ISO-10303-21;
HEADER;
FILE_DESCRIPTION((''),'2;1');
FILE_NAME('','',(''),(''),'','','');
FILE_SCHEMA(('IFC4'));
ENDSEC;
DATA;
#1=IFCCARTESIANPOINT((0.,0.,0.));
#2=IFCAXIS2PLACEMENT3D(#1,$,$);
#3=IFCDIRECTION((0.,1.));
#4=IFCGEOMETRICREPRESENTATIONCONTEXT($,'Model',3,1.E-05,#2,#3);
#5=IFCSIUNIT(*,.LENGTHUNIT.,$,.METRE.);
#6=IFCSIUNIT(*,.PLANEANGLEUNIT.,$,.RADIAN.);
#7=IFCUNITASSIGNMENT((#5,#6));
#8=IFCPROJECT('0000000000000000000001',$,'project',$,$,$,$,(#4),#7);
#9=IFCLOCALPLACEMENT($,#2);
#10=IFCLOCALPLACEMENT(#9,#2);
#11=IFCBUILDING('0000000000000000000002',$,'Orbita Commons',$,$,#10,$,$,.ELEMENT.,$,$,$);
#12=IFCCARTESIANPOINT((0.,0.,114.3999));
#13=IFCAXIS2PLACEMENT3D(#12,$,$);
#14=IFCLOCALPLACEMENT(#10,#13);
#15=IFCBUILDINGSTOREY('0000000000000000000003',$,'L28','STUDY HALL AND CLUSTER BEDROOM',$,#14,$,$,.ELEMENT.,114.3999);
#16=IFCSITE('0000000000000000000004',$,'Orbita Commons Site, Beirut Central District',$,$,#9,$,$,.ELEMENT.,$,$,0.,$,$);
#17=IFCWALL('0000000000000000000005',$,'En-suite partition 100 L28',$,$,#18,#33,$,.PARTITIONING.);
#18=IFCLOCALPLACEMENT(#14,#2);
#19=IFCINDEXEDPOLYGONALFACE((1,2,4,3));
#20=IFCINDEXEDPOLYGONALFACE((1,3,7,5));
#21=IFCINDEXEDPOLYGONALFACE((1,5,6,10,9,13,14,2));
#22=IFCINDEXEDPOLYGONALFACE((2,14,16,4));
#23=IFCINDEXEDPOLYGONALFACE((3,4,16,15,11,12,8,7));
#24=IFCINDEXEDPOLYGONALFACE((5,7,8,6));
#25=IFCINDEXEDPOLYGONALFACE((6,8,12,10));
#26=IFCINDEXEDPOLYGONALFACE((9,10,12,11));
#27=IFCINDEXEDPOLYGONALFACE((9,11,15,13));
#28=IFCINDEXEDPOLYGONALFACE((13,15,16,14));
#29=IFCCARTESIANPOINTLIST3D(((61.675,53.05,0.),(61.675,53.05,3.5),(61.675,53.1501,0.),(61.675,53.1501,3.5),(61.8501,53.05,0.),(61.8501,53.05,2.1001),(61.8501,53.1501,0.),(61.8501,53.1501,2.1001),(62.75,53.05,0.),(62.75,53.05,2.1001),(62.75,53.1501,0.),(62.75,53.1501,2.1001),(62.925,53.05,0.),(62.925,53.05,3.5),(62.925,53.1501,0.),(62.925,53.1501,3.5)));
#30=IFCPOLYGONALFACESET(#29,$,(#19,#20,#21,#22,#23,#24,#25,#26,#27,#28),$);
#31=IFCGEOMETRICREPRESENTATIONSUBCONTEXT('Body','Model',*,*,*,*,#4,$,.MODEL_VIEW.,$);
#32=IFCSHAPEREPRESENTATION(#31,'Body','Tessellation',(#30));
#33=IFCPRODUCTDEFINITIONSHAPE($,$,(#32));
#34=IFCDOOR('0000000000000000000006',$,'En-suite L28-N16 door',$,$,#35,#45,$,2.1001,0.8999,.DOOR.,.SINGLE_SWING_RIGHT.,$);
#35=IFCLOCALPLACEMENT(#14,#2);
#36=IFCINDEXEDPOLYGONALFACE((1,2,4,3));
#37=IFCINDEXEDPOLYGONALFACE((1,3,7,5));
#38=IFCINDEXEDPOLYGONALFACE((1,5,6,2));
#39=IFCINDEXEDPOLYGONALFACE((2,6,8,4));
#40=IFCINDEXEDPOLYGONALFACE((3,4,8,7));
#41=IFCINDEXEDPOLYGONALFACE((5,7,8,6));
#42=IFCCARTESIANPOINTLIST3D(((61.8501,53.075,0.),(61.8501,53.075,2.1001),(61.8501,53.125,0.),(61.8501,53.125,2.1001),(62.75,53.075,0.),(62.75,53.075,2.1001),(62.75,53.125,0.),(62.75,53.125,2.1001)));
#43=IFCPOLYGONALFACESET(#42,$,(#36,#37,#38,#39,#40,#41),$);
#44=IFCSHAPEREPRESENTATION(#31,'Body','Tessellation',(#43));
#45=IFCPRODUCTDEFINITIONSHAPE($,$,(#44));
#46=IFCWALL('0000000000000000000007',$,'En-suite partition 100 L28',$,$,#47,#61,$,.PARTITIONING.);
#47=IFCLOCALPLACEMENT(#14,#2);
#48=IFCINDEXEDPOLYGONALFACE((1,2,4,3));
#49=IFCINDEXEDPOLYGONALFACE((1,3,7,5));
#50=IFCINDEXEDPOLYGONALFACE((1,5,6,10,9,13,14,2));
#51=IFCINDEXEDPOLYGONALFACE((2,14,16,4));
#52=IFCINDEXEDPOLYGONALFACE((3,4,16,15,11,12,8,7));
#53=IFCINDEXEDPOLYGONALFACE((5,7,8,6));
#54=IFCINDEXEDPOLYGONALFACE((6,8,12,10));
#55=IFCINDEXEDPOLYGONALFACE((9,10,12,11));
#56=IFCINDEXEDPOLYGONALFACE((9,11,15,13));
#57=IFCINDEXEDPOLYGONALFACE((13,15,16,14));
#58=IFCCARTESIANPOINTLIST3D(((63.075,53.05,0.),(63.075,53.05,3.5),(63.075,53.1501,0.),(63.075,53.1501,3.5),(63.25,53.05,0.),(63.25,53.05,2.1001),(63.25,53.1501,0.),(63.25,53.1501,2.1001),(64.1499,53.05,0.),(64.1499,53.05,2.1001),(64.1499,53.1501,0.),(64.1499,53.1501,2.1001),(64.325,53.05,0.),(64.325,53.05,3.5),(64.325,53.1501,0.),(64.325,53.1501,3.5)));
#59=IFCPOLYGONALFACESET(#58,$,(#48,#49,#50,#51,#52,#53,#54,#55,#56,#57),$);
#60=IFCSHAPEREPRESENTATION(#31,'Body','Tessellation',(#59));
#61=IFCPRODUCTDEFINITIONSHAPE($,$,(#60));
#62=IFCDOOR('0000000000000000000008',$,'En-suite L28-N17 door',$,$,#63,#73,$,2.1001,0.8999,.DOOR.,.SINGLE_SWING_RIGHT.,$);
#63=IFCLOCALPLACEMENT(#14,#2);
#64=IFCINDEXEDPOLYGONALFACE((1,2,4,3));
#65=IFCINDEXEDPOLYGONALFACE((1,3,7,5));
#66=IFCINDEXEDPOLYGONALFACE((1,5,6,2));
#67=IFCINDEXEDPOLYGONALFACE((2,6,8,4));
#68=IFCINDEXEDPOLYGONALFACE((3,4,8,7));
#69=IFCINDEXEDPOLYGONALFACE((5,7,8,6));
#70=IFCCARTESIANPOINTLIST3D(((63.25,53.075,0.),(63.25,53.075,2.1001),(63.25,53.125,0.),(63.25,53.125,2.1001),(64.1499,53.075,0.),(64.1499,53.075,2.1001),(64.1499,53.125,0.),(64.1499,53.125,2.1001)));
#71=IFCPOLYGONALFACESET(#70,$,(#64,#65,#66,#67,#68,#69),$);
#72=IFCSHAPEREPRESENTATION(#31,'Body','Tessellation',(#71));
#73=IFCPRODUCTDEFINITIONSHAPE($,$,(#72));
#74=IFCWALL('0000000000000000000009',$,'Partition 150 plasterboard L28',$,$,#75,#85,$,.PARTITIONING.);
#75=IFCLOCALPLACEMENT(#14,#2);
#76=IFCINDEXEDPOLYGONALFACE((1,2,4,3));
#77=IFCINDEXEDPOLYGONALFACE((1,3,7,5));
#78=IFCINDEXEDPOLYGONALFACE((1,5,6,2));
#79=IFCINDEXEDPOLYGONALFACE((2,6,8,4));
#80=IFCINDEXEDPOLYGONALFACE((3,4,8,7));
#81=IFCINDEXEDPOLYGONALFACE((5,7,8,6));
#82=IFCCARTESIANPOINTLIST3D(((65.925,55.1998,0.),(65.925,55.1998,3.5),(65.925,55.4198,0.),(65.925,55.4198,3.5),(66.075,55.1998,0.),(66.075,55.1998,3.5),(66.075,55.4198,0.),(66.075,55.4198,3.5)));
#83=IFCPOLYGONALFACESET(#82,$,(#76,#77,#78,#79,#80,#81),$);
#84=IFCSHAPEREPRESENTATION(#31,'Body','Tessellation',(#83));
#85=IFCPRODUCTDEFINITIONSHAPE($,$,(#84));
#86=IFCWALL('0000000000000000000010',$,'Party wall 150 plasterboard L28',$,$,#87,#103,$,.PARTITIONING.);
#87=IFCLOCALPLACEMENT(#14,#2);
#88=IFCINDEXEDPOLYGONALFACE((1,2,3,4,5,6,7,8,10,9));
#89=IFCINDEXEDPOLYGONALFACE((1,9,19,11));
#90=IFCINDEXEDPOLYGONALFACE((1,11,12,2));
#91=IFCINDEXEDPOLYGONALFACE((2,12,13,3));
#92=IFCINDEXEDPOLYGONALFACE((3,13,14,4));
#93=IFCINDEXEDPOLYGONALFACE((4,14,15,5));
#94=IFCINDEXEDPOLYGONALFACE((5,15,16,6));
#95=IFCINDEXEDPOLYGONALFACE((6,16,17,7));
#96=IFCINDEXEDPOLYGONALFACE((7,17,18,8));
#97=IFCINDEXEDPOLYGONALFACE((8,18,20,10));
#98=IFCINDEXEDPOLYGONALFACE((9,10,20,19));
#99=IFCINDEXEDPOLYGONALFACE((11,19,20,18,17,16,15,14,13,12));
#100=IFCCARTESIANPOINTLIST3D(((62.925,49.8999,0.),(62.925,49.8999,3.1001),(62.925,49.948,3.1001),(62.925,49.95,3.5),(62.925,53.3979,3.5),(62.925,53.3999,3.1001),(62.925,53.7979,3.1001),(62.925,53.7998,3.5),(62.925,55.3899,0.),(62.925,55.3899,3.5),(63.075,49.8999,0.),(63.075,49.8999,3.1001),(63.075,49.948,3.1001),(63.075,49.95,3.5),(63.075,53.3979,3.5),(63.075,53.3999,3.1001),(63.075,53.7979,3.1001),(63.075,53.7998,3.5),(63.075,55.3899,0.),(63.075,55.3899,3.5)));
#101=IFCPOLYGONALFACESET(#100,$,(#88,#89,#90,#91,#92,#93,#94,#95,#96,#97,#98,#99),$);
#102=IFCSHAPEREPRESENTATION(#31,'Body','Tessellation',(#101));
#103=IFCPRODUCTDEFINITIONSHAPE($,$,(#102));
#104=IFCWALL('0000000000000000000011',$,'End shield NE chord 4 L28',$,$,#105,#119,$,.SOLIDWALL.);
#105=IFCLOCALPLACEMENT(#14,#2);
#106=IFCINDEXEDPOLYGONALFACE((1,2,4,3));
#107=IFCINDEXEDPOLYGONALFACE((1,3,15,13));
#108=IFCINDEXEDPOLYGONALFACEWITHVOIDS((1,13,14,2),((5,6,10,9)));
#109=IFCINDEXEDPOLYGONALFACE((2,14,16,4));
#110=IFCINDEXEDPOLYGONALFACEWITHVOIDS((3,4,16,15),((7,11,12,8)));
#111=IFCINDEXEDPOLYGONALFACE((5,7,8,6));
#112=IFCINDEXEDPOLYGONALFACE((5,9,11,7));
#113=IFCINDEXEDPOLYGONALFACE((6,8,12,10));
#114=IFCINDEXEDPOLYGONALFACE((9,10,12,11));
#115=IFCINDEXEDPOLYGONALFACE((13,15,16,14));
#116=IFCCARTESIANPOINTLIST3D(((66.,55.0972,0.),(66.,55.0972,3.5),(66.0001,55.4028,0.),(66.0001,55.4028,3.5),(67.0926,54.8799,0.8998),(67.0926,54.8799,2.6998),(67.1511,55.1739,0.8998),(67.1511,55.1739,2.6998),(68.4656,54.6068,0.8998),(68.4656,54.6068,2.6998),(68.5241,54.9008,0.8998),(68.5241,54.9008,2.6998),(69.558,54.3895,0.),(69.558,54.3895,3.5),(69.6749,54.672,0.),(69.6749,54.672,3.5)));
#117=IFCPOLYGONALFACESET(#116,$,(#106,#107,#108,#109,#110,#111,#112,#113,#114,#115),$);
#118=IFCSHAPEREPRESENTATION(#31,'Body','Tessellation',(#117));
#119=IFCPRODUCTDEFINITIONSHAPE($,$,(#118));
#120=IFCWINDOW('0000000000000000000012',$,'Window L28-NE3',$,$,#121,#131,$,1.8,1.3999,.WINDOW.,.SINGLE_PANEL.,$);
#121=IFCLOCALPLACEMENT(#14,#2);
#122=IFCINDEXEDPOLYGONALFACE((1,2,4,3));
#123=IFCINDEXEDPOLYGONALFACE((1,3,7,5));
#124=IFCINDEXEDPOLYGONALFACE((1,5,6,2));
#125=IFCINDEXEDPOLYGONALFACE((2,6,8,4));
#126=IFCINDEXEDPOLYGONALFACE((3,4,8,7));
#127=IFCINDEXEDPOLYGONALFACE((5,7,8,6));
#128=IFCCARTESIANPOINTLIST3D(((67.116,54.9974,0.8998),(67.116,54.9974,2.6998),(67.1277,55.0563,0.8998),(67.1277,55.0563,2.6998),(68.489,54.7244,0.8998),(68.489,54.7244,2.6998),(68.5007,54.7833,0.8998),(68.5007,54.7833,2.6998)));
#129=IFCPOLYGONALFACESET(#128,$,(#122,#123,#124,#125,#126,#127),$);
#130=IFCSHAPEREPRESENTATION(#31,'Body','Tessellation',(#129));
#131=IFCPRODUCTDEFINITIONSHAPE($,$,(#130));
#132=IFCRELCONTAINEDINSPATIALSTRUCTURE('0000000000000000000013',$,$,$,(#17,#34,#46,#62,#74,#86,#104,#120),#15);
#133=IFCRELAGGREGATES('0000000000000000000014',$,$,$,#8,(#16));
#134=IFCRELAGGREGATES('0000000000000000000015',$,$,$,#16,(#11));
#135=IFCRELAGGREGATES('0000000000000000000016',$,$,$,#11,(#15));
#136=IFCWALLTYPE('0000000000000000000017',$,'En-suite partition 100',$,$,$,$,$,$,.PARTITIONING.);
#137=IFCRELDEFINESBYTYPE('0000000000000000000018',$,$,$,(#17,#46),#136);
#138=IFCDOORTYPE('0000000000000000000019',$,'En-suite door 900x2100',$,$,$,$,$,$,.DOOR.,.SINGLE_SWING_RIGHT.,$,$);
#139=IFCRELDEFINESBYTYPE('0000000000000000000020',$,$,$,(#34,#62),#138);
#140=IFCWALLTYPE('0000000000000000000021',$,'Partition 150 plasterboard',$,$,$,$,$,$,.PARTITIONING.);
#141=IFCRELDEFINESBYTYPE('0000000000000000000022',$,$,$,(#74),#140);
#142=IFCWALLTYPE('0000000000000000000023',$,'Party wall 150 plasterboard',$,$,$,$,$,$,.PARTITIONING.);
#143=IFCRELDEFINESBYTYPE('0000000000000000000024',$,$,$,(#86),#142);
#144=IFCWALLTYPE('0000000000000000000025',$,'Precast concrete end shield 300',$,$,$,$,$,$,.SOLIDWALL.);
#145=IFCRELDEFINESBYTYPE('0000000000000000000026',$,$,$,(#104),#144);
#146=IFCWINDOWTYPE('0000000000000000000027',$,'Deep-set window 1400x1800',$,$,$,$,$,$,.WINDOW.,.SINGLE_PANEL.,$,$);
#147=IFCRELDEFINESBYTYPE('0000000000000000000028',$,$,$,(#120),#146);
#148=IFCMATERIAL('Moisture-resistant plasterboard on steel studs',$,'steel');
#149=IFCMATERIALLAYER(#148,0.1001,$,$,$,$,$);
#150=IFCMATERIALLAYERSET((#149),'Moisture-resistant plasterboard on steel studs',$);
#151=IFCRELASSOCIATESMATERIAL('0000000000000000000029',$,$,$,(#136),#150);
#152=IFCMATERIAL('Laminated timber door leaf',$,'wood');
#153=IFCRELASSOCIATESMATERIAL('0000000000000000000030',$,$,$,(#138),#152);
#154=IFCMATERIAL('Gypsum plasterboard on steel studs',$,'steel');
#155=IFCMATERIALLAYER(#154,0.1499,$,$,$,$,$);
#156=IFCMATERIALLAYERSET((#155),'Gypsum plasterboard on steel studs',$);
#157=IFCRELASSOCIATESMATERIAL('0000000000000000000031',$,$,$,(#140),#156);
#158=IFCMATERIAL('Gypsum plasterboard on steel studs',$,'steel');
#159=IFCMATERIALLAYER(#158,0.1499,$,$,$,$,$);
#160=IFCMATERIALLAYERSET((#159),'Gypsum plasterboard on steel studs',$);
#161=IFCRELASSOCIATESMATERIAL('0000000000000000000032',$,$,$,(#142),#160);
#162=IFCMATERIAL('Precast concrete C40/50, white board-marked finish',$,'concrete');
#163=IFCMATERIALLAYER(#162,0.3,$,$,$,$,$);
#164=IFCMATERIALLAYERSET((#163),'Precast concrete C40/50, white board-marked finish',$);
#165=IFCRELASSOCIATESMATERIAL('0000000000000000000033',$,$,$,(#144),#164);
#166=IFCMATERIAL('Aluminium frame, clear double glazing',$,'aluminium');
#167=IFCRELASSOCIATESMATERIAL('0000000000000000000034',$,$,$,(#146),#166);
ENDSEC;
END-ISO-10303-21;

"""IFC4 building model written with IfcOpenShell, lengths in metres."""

from ifc_helpers import new_model, si_unit, direction, frame, frame_2d, origin, place, context, subcontext, project, spatial, polyline, rectangle, outline, extrude, material, layer, layer_set, type_object, element, fill, save


model = new_model("IFC4")

# Units and contexts
model_context = context("Model", 3, precision=1e-05, world=origin(), true_north=direction((0.0, 1.0)))
body_context = subcontext(model_context, "Body", "Model", "MODEL_VIEW")
ifc_project = project(units=[si_unit("LENGTHUNIT", "METRE"), si_unit("PLANEANGLEUNIT", "RADIAN")], contexts=[model_context])

# Site, building, storey
site_placement = place(None, origin())
site = spatial("IfcSite", under=ifc_project, at=site_placement, Name="Orbita Commons Site, Beirut Central District", CompositionType="ELEMENT", RefElevation=0.0)
building_placement = place(site_placement, origin())
building = spatial("IfcBuilding", under=site, at=building_placement, Name="Orbita Commons", CompositionType="ELEMENT")
storey_placement = place(building_placement, frame((0.0, 0.0, 114.3999)))
storey = spatial("IfcBuildingStorey", under=building, at=storey_placement, Name="L28", Description="STUDY HALL AND CLUSTER BEDROOM", CompositionType="ELEMENT", Elevation=114.3999)

# Walls, openings, doors
ifc_material_1 = material(Name="Moisture-resistant plasterboard on steel studs", Category="steel")
ifc_layer_1 = layer(ifc_material_1, 0.1001)
ifc_layer_set_1 = layer_set([ifc_layer_1], Name="Moisture-resistant plasterboard on steel studs")
wall_type_1 = type_object("IfcWallType", Name="En-suite partition 100", PredefinedType="PARTITIONING", material=ifc_layer_set_1)
wall_1_placement = place(storey_placement, frame((61.675, 53.1001, 0.0), z_axis=(0.0, 0.0, 1.0), x_axis=(1.0, 0.0, 0.0)))
wall_1 = element("IfcWall", 1, at=wall_1_placement, inside=storey, type_object=wall_type_1, Name="En-suite partition 100 L28", PredefinedType="PARTITIONING", context=body_context, shape_type="SweptSolid", body=[
    extrude(rectangle(XDim=1.25, YDim=0.1001, at=frame_2d((0.625, 0.0))), origin(), (0.0, 0.0, 1.0), 3.5),
])
opening_1_placement = place(wall_1_placement, frame((0.175, 0.0, 0.0)))
opening_1 = element("IfcOpeningElement", 2, at=opening_1_placement, cuts=wall_1, PredefinedType="OPENING", context=body_context, shape_type="SweptSolid", body=[
    extrude(rectangle(XDim=0.8999, YDim=2.1001, at=frame_2d((0.45, 1.05))), frame((0.0, 0.0601, 0.0), z_axis=(0.0, -1.0, 0.0), x_axis=(1.0, 0.0, 0.0)), (0.0, 0.0, 1.0), 0.1201),
])
ifc_material_2 = material(Name="Laminated timber door leaf", Category="wood")
door_type = type_object("IfcDoorType", Name="En-suite door 900x2100", OperationType="SINGLE_SWING_RIGHT", PredefinedType="DOOR", material=ifc_material_2)
door_1_placement = place(opening_1_placement, origin())
door_1 = element("IfcDoor", 3, at=door_1_placement, inside=storey, type_object=door_type, Name="En-suite L28-N16 door", OperationType="SINGLE_SWING_RIGHT", OverallHeight=2.1001, OverallWidth=0.8999, PredefinedType="DOOR", context=body_context, shape_type="SweptSolid", body=[
    extrude(rectangle(XDim=0.8999, YDim=2.1001, at=frame_2d((0.45, 1.05))), frame((0.0, 0.0249, 0.0), z_axis=(0.0, -1.0, 0.0), x_axis=(1.0, 0.0, 0.0)), (0.0, 0.0, 1.0), 0.05),
])
fill(opening_1, door_1)
wall_2_placement = place(storey_placement, frame((63.075, 53.1001, 0.0), z_axis=(0.0, 0.0, 1.0), x_axis=(1.0, 0.0, 0.0)))
wall_2 = element("IfcWall", 4, at=wall_2_placement, inside=storey, type_object=wall_type_1, Name="En-suite partition 100 L28", PredefinedType="PARTITIONING", context=body_context, shape_type="SweptSolid", body=[
    extrude(rectangle(XDim=1.25, YDim=0.1001, at=frame_2d((0.625, 0.0))), origin(), (0.0, 0.0, 1.0), 3.5),
])
opening_2_placement = place(wall_2_placement, frame((0.175, 0.0, 0.0)))
opening_2 = element("IfcOpeningElement", 5, at=opening_2_placement, cuts=wall_2, PredefinedType="OPENING", context=body_context, shape_type="SweptSolid", body=[
    extrude(rectangle(XDim=0.8999, YDim=2.1001, at=frame_2d((0.45, 1.05))), frame((0.0, 0.0601, 0.0), z_axis=(0.0, -1.0, 0.0), x_axis=(1.0, 0.0, 0.0)), (0.0, 0.0, 1.0), 0.1201),
])
door_2_placement = place(opening_2_placement, origin())
door_2 = element("IfcDoor", 6, at=door_2_placement, inside=storey, type_object=door_type, Name="En-suite L28-N17 door", OperationType="SINGLE_SWING_RIGHT", OverallHeight=2.1001, OverallWidth=0.8999, PredefinedType="DOOR", context=body_context, shape_type="SweptSolid", body=[
    extrude(rectangle(XDim=0.8999, YDim=2.1001, at=frame_2d((0.45, 1.05))), frame((0.0, 0.0249, 0.0), z_axis=(0.0, -1.0, 0.0), x_axis=(1.0, 0.0, 0.0)), (0.0, 0.0, 1.0), 0.05),
])
fill(opening_2, door_2)

# Walls
ifc_material_3 = material(Name="Gypsum plasterboard on steel studs", Category="steel")
ifc_layer_2 = layer(ifc_material_3, 0.1499)
ifc_layer_set_2 = layer_set([ifc_layer_2], Name="Gypsum plasterboard on steel studs")
wall_type_2 = type_object("IfcWallType", Name="Partition 150 plasterboard", PredefinedType="PARTITIONING", material=ifc_layer_set_2)
wall_3_placement = place(storey_placement, frame((66.0, 55.2, 0.0), z_axis=(0.0, 0.0, 1.0), x_axis=(0.0, 1.0, 0.0)))
element("IfcWall", 7, at=wall_3_placement, inside=storey, type_object=wall_type_2, Name="Partition 150 plasterboard L28", PredefinedType="PARTITIONING", context=body_context, shape_type="SweptSolid", body=[
    extrude(rectangle(XDim=0.22, YDim=0.1499, at=frame_2d((0.1099, 0.0))), origin(), (0.0, 0.0, 1.0), 3.5),
])
ifc_material_4 = material(Name="Gypsum plasterboard on steel studs", Category="steel")
ifc_layer_3 = layer(ifc_material_4, 0.1499)
ifc_layer_set_3 = layer_set([ifc_layer_3], Name="Gypsum plasterboard on steel studs")
wall_type_3 = type_object("IfcWallType", Name="Party wall 150 plasterboard", PredefinedType="PARTITIONING", material=ifc_layer_set_3)
wall_4_placement = place(storey_placement, frame((63.0, 55.3899, 0.0), z_axis=(0.0, 0.0, 1.0), x_axis=(0.0, -1.0, 0.0)))
element("IfcWall", 8, at=wall_4_placement, inside=storey, type_object=wall_type_3, Name="Party wall 150 plasterboard L28", PredefinedType="PARTITIONING", context=body_context, shape_type="SweptSolid", body=[
    extrude(outline(polyline([(0.0, 0.0), (5.49, 0.0), (5.49, 3.1001), (5.4419, 3.1001), (5.4399, 3.5), (1.9919, 3.5), (1.99, 3.1001), (1.592, 3.1001), (1.5901, 3.5), (0.0, 3.5), (0.0, 0.0)])), frame((0.0, 0.075, 0.0), z_axis=(0.0, -1.0, 0.0), x_axis=(1.0, 0.0, 0.0)), (0.0, 0.0, 1.0), 0.1499),
])

# Wall, opening, window
ifc_material_5 = material(Name="Precast concrete C40/50, white board-marked finish", Category="concrete")
ifc_layer_4 = layer(ifc_material_5, 0.3)
ifc_layer_set_4 = layer_set([ifc_layer_4], Name="Precast concrete C40/50, white board-marked finish")
wall_type_4 = type_object("IfcWallType", Name="Precast concrete end shield 300", PredefinedType="SOLIDWALL", material=ifc_layer_set_4)
wall_5_placement = place(storey_placement, frame((69.6165, 54.5308, 0.0), z_axis=(0.0, 0.0, 1.0), x_axis=(-0.980791, 0.195059, 0.0)))
wall_5 = element("IfcWall", 9, at=wall_5_placement, inside=storey, type_object=wall_type_4, Name="End shield NE chord 4 L28", PredefinedType="SOLIDWALL", context=body_context, shape_type="SweptSolid", body=[
    extrude(outline(polyline([(-0.0298, -0.1499), (3.717, -0.1499), (3.6575, 0.1499), (0.0298, 0.1499), (-0.0298, -0.1499)])), origin(), (0.0, 0.0, 1.0), 3.5),
])
opening_3_placement = place(wall_5_placement, frame((1.1436, 0.0, 0.8999)))
opening_3 = element("IfcOpeningElement", 10, at=opening_3_placement, cuts=wall_5, PredefinedType="OPENING", context=body_context, shape_type="SweptSolid", body=[
    extrude(rectangle(XDim=1.3999, YDim=1.8, at=frame_2d((0.7, 0.8999))), frame((0.0, 0.1599, 0.0), z_axis=(0.0, -1.0, 0.0), x_axis=(1.0, 0.0, 0.0)), (0.0, 0.0, 1.0), 0.3201),
])
ifc_material_6 = material(Name="Aluminium frame, clear double glazing", Category="aluminium")
window_type = type_object("IfcWindowType", Name="Deep-set window 1400x1800", PartitioningType="SINGLE_PANEL", PredefinedType="WINDOW", material=ifc_material_6)
window_placement = place(opening_3_placement, origin())
window = element("IfcWindow", 11, at=window_placement, inside=storey, type_object=window_type, Name="Window L28-NE3", OverallHeight=1.8, OverallWidth=1.3999, PartitioningType="SINGLE_PANEL", PredefinedType="WINDOW", context=body_context, shape_type="SweptSolid", body=[
    extrude(rectangle(XDim=1.3999, YDim=1.8, at=frame_2d((0.7, 0.8999))), frame((0.0, 0.03, 0.0), z_axis=(0.0, -1.0, 0.0), x_axis=(1.0, 0.0, 0.0)), (0.0, 0.0, 1.0), 0.0601),
])
fill(opening_3, window)

save(model, "model.ifc")
